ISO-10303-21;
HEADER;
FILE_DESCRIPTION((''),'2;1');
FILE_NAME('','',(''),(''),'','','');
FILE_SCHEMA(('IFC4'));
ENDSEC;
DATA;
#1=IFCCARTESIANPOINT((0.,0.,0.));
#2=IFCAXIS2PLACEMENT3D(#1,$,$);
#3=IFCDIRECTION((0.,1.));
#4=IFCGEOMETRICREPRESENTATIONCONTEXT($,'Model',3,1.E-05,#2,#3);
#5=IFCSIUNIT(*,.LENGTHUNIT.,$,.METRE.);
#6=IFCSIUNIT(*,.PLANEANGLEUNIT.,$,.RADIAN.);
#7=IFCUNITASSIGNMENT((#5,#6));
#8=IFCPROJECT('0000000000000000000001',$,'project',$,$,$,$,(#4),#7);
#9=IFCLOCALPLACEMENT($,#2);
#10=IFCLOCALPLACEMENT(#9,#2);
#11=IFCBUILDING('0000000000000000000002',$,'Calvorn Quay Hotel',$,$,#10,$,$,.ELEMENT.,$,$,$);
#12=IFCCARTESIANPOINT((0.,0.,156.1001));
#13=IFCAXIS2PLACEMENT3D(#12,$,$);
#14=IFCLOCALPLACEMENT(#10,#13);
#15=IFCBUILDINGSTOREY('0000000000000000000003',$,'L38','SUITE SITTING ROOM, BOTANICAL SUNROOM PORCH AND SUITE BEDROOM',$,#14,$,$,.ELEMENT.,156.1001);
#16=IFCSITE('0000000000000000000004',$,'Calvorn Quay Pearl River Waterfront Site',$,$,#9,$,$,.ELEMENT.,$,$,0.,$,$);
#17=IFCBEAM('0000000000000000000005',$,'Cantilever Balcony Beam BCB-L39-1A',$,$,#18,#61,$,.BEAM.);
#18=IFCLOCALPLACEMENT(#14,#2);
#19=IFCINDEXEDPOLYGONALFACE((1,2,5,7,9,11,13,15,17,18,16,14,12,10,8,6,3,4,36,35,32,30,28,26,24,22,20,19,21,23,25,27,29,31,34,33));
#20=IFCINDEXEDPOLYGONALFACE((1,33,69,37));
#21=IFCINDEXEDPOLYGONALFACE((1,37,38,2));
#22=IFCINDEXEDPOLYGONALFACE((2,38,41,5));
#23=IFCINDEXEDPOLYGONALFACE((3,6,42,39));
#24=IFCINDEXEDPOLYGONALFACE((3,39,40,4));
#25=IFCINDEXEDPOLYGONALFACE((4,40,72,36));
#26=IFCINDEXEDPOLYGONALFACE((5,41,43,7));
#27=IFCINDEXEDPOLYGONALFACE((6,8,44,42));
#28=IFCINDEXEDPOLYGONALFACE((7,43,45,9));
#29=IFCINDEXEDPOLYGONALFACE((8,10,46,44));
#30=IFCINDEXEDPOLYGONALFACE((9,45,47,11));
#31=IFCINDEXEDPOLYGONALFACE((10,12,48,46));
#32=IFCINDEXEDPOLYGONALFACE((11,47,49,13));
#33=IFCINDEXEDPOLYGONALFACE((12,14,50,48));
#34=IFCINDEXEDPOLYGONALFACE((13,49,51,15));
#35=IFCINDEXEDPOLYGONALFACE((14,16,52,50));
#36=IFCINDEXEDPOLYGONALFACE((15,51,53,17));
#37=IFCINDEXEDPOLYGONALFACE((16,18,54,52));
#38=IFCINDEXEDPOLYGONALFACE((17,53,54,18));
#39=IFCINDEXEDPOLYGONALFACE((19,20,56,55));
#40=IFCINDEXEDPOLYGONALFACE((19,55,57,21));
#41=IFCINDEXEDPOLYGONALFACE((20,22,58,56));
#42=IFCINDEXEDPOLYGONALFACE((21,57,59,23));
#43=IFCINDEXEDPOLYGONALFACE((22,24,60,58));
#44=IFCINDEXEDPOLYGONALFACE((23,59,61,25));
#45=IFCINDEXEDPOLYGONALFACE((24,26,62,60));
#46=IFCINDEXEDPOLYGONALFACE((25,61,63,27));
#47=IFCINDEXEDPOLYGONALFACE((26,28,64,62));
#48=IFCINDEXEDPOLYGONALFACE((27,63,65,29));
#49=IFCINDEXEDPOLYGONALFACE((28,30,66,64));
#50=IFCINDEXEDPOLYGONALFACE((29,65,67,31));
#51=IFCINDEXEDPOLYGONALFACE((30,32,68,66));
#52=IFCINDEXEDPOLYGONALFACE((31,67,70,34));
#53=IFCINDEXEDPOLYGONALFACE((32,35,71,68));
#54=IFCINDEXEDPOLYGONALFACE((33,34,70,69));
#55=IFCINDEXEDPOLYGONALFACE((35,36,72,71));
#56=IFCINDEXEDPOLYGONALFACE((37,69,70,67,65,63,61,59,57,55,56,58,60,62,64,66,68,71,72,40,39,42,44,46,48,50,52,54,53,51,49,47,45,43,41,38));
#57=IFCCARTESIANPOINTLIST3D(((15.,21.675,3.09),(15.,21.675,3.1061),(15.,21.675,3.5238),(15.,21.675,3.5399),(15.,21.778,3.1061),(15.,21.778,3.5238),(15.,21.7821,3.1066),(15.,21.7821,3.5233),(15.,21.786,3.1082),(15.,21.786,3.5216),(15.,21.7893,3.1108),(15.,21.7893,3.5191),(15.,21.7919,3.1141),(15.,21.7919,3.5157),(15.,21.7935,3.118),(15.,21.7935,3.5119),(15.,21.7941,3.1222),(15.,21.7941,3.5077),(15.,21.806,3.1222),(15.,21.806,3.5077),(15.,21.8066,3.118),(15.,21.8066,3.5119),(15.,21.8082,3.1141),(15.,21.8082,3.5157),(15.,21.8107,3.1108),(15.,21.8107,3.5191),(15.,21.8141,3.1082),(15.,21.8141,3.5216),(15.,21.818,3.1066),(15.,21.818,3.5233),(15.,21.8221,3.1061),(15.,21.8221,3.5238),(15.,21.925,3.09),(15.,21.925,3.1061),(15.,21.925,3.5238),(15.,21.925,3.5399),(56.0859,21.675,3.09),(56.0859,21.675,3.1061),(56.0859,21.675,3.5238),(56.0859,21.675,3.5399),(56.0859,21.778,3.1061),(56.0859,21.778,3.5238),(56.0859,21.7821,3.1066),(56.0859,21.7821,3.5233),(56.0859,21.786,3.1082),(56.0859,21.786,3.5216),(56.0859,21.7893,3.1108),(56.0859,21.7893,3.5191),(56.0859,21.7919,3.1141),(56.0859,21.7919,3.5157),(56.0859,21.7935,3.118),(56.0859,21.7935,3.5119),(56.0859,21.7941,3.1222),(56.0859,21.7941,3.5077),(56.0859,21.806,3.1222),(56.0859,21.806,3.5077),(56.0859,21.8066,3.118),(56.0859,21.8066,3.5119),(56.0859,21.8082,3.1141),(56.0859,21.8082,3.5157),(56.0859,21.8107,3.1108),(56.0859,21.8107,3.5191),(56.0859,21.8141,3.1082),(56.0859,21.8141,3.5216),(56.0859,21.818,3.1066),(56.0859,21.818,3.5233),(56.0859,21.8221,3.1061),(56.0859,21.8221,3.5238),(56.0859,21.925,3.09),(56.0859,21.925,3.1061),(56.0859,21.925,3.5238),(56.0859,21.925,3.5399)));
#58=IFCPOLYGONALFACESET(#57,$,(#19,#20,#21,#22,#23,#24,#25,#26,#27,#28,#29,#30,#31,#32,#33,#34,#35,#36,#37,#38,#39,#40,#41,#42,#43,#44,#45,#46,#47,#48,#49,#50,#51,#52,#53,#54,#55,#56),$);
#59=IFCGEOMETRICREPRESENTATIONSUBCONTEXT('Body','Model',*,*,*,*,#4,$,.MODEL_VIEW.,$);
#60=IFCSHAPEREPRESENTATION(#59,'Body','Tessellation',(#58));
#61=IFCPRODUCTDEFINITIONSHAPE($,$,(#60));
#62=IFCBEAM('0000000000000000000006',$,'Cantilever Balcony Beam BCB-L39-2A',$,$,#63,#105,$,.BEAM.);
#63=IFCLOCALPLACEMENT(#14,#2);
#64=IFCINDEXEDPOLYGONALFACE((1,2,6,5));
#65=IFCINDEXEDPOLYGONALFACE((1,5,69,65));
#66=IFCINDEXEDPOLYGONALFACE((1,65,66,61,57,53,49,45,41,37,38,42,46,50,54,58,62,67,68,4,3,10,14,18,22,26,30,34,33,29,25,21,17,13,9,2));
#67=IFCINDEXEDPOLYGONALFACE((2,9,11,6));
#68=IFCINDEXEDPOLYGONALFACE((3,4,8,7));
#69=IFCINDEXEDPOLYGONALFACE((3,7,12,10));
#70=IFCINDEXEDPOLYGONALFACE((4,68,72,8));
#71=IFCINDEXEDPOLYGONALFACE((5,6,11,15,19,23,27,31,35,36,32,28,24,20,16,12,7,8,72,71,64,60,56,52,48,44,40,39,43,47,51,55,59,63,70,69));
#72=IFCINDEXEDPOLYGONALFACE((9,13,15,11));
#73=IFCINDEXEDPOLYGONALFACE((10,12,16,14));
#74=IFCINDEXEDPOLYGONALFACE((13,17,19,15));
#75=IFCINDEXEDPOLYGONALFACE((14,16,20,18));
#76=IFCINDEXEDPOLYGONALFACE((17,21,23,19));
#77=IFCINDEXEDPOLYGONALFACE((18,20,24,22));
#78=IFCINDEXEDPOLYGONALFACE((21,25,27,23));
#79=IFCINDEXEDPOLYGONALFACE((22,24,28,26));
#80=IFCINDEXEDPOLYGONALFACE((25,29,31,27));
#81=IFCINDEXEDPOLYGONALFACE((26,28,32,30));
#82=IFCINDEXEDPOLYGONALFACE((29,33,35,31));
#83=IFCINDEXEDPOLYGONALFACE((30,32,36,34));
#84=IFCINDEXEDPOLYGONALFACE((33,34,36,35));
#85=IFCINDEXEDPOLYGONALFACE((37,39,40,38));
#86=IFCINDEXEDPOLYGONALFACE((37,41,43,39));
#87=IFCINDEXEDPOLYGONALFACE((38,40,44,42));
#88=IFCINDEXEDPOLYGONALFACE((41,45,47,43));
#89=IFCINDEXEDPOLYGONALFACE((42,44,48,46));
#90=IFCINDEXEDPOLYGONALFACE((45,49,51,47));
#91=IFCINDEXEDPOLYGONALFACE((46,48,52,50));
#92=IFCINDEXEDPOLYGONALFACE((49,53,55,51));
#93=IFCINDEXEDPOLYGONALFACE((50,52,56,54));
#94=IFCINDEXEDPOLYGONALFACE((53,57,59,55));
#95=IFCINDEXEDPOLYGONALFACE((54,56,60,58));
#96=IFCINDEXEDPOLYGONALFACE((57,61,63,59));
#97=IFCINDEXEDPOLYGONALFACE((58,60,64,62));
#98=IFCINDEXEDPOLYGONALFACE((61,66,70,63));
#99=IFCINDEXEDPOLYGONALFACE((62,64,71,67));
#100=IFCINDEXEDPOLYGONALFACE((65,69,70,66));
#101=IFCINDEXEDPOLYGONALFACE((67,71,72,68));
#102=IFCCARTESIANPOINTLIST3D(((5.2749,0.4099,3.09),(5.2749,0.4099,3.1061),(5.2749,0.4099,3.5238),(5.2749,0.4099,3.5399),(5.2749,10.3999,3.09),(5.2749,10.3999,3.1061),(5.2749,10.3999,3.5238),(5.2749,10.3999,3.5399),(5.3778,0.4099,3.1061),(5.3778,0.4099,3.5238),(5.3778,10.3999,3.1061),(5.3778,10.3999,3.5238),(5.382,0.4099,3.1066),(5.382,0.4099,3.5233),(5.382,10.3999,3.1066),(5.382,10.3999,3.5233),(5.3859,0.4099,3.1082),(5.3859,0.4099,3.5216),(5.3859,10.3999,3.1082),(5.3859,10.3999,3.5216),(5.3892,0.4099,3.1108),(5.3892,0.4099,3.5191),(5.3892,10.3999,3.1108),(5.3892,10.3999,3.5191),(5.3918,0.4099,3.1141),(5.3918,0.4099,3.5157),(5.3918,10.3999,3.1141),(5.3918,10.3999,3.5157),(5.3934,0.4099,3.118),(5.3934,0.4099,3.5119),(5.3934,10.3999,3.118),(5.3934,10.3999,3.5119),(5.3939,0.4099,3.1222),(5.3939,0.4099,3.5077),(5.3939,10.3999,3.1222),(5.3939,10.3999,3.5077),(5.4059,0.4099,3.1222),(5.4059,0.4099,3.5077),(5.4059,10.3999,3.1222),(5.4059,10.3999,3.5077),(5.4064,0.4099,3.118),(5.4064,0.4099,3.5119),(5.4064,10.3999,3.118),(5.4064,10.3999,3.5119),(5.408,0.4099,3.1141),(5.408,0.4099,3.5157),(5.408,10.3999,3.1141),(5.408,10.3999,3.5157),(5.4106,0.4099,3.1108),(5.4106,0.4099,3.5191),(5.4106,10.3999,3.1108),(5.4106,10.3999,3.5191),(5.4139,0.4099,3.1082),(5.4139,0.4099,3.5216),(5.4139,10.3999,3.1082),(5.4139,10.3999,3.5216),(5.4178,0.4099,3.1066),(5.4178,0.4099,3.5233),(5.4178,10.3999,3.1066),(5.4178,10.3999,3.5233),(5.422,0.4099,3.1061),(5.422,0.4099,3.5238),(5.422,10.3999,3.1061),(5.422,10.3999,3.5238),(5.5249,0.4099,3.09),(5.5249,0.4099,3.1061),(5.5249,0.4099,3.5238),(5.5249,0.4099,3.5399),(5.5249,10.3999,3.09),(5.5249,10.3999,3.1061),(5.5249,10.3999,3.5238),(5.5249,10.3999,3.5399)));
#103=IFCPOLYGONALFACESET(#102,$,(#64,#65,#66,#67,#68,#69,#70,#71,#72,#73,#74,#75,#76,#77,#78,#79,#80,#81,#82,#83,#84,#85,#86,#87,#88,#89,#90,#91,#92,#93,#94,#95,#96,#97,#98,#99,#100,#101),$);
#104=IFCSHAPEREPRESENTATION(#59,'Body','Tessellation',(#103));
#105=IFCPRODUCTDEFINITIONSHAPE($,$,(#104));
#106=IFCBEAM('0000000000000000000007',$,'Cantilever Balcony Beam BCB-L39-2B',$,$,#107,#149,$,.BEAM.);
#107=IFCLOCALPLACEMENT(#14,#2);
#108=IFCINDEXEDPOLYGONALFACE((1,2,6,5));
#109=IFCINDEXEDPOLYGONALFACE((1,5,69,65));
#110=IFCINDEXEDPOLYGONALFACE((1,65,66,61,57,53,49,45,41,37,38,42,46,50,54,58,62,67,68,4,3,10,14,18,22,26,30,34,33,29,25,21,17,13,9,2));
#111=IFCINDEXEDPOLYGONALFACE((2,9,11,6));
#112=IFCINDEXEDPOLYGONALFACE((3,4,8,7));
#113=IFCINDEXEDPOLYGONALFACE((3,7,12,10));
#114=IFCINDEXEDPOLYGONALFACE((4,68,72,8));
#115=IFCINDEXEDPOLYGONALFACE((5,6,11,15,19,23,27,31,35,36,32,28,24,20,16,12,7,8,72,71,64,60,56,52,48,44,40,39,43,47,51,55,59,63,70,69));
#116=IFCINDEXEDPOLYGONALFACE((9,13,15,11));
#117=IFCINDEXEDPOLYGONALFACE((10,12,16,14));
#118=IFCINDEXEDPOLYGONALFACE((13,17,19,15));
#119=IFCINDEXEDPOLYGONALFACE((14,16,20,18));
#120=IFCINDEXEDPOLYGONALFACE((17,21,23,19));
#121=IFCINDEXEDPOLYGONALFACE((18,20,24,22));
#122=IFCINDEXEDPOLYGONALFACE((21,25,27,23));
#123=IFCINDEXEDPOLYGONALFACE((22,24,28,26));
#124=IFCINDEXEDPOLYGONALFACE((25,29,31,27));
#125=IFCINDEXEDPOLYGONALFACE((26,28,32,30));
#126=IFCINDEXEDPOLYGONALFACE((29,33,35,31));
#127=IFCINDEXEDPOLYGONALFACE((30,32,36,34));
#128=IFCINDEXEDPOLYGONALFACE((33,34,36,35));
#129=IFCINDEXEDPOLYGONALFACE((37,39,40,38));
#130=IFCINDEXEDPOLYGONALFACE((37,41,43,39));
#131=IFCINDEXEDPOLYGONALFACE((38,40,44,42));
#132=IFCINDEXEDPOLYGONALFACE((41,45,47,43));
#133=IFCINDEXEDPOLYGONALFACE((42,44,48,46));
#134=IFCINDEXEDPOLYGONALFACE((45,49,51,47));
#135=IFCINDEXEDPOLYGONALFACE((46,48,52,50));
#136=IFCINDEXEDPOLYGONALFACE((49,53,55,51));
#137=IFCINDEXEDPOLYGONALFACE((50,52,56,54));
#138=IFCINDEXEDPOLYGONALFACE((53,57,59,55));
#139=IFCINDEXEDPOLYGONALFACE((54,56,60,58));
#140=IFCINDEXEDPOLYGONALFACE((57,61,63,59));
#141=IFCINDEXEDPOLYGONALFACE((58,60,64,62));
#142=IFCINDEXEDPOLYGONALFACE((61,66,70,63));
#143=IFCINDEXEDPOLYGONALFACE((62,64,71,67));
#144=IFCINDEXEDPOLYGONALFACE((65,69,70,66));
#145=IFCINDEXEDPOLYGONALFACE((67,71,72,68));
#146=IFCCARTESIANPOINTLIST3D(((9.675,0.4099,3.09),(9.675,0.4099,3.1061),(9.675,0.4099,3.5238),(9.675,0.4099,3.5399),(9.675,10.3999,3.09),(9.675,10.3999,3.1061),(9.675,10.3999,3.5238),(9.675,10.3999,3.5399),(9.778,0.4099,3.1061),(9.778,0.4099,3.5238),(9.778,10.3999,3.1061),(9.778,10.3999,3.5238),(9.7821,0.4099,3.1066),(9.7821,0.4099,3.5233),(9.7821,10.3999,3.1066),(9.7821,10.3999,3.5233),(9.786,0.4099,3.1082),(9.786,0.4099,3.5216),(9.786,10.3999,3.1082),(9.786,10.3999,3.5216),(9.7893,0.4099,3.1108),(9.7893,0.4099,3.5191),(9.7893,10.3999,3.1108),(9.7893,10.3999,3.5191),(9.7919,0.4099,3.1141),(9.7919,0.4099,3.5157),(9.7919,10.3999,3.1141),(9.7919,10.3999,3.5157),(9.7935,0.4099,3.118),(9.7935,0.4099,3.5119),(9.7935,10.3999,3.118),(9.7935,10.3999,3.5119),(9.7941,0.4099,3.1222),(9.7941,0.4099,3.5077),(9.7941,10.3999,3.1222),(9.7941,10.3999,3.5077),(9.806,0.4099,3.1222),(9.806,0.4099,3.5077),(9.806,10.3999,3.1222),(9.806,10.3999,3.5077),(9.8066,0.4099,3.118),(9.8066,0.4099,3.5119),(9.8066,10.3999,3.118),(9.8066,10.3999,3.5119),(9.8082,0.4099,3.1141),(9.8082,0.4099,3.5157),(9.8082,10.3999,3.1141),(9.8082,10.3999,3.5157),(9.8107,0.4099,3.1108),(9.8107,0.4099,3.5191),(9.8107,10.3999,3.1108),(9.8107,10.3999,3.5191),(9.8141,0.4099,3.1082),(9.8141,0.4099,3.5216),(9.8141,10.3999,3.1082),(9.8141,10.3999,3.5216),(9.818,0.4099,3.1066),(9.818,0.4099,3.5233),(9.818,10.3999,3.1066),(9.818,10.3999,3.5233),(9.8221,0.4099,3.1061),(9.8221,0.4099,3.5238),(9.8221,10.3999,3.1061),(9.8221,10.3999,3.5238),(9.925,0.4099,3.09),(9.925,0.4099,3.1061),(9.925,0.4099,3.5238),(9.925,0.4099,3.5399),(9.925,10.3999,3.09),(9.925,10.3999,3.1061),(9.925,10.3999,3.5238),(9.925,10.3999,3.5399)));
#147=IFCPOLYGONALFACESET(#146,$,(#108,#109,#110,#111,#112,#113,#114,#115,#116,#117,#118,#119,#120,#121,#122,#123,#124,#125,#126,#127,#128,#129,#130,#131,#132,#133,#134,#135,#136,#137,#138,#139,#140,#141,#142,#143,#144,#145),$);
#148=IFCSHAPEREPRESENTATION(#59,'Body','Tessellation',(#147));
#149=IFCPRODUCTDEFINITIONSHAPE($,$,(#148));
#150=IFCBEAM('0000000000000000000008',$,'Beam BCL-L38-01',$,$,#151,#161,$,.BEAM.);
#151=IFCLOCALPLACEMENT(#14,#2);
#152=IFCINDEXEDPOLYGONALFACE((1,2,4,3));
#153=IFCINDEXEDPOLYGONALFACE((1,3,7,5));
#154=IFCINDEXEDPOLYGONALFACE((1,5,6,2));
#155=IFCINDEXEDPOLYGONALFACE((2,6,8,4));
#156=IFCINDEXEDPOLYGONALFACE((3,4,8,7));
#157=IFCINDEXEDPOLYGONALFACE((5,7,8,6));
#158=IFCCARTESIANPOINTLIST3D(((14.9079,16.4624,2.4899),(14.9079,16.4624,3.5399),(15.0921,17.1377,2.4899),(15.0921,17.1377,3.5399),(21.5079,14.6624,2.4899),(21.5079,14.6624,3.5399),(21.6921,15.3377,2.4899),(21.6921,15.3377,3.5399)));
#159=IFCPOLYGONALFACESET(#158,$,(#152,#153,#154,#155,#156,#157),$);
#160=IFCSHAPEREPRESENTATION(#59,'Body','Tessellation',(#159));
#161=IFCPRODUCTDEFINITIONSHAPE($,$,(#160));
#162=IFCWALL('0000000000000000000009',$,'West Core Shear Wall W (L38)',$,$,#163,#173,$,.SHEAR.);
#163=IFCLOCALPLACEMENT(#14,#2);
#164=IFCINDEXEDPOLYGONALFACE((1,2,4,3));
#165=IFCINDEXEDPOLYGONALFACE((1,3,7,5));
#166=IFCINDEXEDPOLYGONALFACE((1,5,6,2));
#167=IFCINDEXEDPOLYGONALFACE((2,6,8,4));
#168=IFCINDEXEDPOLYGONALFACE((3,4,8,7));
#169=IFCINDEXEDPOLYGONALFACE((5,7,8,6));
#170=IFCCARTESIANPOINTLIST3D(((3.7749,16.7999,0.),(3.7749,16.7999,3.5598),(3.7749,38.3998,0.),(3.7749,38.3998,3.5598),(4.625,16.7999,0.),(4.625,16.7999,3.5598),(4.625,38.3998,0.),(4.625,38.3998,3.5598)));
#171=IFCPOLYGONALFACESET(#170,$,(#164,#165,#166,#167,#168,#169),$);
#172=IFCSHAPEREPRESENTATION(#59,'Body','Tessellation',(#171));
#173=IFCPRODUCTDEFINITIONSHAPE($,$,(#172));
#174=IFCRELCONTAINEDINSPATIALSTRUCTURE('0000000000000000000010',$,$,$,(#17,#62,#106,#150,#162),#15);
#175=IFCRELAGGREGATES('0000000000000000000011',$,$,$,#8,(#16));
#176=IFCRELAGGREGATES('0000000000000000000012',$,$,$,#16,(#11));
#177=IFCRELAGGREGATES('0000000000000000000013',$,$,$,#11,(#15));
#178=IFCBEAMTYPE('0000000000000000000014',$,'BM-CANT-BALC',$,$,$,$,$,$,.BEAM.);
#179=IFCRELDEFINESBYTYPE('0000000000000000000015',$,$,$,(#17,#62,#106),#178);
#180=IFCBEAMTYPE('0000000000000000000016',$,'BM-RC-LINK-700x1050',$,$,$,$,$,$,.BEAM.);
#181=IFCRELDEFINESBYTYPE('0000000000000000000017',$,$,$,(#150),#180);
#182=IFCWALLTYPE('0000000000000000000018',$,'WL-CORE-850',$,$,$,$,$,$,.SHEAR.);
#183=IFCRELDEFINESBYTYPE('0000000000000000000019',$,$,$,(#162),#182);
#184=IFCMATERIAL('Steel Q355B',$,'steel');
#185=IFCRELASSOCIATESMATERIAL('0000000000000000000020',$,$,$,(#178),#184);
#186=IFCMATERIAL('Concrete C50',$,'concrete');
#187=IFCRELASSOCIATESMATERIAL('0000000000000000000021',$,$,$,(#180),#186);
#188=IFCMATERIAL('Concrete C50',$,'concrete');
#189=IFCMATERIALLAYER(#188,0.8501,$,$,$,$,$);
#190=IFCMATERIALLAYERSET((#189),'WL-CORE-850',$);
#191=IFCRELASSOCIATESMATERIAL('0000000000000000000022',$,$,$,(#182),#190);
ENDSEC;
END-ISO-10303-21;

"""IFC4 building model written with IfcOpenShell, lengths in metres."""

from ifc_helpers import new_model, si_unit, direction, frame, frame_2d, origin, origin_2d, place, context, subcontext, project, spatial, rectangle, i_section, extrude, material, layer, layer_set, material_profile, profile_set, type_object, element, save


model = new_model("IFC4")

# Units and contexts
model_context = context("Model", 3, precision=1e-05, world=origin(), true_north=direction((0.0, 1.0)))
body_context = subcontext(model_context, "Body", "Model", "MODEL_VIEW")
ifc_project = project(units=[si_unit("LENGTHUNIT", "METRE"), si_unit("PLANEANGLEUNIT", "RADIAN")], contexts=[model_context])

# Site, building, storey
site_placement = place(None, origin())
site = spatial("IfcSite", under=ifc_project, at=site_placement, Name="Calvorn Quay Pearl River Waterfront Site", CompositionType="ELEMENT", RefElevation=0.0)
building_placement = place(site_placement, origin())
building = spatial("IfcBuilding", under=site, at=building_placement, Name="Calvorn Quay Hotel", CompositionType="ELEMENT")
storey_placement = place(building_placement, frame((0.0, 0.0, 156.1001)))
storey = spatial("IfcBuildingStorey", under=building, at=storey_placement, Name="L38", Description="SUITE SITTING ROOM, BOTANICAL SUNROOM PORCH AND SUITE BEDROOM", CompositionType="ELEMENT", Elevation=156.1001)

# Beams
ifc_material_1 = material(Name="Steel Q355B", Category="steel")
ifc_material_profile_1 = material_profile(ifc_material_1, i_section(OverallWidth=0.25, OverallDepth=0.45, WebThickness=0.012, FlangeThickness=0.0161, FilletRadius=0.0161, at=origin_2d()), Name="HN450x250x12x16")
ifc_profile_set_1 = profile_set([ifc_material_profile_1], Name="Steel Q355B")
beam_type_1 = type_object("IfcBeamType", Name="BM-CANT-BALC", PredefinedType="BEAM", material=ifc_profile_set_1)
beam_1_placement = place(storey_placement, frame((15.0, 21.8, 3.3149), z_axis=(1.0, 0.0, 0.0), x_axis=(0.0, 1.0, 0.0)))
element("IfcBeam", 1, at=beam_1_placement, inside=storey, type_object=beam_type_1, Name="Cantilever Balcony Beam BCB-L39-1A", PredefinedType="BEAM", context=body_context, shape_type="SweptSolid", body=[
    extrude(i_section(OverallWidth=0.25, OverallDepth=0.45, WebThickness=0.012, FlangeThickness=0.0161, FilletRadius=0.0161, at=origin_2d()), origin(), (0.0, 0.0, 1.0), 41.0859),
])
for number, where, z_axis, x_axis, name in (
    (2, (5.3999, 10.3999, 3.3149), (0.0, -1.0, 0.0), (1.0, 0.0, 0.0), "Cantilever Balcony Beam BCB-L39-2A"),
    (3, (9.8, 10.3999, 3.3149), (0.0, -1.0, 0.0), (1.0, 0.0, 0.0), "Cantilever Balcony Beam BCB-L39-2B"),
):
    element("IfcBeam", number, at=place(storey_placement, frame(where, z_axis=z_axis, x_axis=x_axis)), inside=storey, type_object=beam_type_1, Name=name, PredefinedType="BEAM", context=body_context, shape_type="SweptSolid", body=[
        extrude(i_section(OverallWidth=0.25, OverallDepth=0.45, WebThickness=0.012, FlangeThickness=0.0161, FilletRadius=0.0161, at=origin_2d()), origin(), (0.0, 0.0, 1.0), 9.99),
    ])
ifc_material_2 = material(Name="Concrete C50", Category="concrete")
ifc_material_profile_2 = material_profile(ifc_material_2, rectangle(XDim=0.7, YDim=1.05, at=origin_2d()), Name="RCB700x1050")
ifc_profile_set_2 = profile_set([ifc_material_profile_2], Name="Concrete C50")
beam_type_2 = type_object("IfcBeamType", Name="BM-RC-LINK-700x1050", PredefinedType="BEAM", material=ifc_profile_set_2)
beam_2_placement = place(storey_placement, frame((15.0, 16.8, 3.0149), z_axis=(0.964763, -0.26312, 0.0), x_axis=(0.26312, 0.964763, 0.0)))
element("IfcBeam", 4, at=beam_2_placement, inside=storey, type_object=beam_type_2, Name="Beam BCL-L38-01", PredefinedType="BEAM", context=body_context, shape_type="SweptSolid", body=[
    extrude(rectangle(XDim=0.7, YDim=1.05, at=origin_2d()), origin(), (0.0, 0.0, 1.0), 6.8411),
])

# Wall
ifc_material_3 = material(Name="Concrete C50", Category="concrete")
ifc_layer_1 = layer(ifc_material_3, 0.8501)
ifc_layer_set_1 = layer_set([ifc_layer_1], Name="WL-CORE-850")
wall_type_1 = type_object("IfcWallType", Name="WL-CORE-850", PredefinedType="SHEAR", material=ifc_layer_set_1)
wall_1_placement = place(storey_placement, frame((4.2, 16.8, 0.0), z_axis=(0.0, 0.0, 1.0), x_axis=(0.0, 1.0, 0.0)))
element("IfcWall", 5, at=wall_1_placement, inside=storey, type_object=wall_type_1, Name="West Core Shear Wall W (L38)", PredefinedType="SHEAR", context=body_context, shape_type="SweptSolid", body=[
    extrude(rectangle(XDim=21.5999, YDim=0.8501, at=frame_2d((10.7998, 0.0))), origin(), (0.0, 0.0, 1.0), 3.5598),
])

save(model, "model.ifc")
